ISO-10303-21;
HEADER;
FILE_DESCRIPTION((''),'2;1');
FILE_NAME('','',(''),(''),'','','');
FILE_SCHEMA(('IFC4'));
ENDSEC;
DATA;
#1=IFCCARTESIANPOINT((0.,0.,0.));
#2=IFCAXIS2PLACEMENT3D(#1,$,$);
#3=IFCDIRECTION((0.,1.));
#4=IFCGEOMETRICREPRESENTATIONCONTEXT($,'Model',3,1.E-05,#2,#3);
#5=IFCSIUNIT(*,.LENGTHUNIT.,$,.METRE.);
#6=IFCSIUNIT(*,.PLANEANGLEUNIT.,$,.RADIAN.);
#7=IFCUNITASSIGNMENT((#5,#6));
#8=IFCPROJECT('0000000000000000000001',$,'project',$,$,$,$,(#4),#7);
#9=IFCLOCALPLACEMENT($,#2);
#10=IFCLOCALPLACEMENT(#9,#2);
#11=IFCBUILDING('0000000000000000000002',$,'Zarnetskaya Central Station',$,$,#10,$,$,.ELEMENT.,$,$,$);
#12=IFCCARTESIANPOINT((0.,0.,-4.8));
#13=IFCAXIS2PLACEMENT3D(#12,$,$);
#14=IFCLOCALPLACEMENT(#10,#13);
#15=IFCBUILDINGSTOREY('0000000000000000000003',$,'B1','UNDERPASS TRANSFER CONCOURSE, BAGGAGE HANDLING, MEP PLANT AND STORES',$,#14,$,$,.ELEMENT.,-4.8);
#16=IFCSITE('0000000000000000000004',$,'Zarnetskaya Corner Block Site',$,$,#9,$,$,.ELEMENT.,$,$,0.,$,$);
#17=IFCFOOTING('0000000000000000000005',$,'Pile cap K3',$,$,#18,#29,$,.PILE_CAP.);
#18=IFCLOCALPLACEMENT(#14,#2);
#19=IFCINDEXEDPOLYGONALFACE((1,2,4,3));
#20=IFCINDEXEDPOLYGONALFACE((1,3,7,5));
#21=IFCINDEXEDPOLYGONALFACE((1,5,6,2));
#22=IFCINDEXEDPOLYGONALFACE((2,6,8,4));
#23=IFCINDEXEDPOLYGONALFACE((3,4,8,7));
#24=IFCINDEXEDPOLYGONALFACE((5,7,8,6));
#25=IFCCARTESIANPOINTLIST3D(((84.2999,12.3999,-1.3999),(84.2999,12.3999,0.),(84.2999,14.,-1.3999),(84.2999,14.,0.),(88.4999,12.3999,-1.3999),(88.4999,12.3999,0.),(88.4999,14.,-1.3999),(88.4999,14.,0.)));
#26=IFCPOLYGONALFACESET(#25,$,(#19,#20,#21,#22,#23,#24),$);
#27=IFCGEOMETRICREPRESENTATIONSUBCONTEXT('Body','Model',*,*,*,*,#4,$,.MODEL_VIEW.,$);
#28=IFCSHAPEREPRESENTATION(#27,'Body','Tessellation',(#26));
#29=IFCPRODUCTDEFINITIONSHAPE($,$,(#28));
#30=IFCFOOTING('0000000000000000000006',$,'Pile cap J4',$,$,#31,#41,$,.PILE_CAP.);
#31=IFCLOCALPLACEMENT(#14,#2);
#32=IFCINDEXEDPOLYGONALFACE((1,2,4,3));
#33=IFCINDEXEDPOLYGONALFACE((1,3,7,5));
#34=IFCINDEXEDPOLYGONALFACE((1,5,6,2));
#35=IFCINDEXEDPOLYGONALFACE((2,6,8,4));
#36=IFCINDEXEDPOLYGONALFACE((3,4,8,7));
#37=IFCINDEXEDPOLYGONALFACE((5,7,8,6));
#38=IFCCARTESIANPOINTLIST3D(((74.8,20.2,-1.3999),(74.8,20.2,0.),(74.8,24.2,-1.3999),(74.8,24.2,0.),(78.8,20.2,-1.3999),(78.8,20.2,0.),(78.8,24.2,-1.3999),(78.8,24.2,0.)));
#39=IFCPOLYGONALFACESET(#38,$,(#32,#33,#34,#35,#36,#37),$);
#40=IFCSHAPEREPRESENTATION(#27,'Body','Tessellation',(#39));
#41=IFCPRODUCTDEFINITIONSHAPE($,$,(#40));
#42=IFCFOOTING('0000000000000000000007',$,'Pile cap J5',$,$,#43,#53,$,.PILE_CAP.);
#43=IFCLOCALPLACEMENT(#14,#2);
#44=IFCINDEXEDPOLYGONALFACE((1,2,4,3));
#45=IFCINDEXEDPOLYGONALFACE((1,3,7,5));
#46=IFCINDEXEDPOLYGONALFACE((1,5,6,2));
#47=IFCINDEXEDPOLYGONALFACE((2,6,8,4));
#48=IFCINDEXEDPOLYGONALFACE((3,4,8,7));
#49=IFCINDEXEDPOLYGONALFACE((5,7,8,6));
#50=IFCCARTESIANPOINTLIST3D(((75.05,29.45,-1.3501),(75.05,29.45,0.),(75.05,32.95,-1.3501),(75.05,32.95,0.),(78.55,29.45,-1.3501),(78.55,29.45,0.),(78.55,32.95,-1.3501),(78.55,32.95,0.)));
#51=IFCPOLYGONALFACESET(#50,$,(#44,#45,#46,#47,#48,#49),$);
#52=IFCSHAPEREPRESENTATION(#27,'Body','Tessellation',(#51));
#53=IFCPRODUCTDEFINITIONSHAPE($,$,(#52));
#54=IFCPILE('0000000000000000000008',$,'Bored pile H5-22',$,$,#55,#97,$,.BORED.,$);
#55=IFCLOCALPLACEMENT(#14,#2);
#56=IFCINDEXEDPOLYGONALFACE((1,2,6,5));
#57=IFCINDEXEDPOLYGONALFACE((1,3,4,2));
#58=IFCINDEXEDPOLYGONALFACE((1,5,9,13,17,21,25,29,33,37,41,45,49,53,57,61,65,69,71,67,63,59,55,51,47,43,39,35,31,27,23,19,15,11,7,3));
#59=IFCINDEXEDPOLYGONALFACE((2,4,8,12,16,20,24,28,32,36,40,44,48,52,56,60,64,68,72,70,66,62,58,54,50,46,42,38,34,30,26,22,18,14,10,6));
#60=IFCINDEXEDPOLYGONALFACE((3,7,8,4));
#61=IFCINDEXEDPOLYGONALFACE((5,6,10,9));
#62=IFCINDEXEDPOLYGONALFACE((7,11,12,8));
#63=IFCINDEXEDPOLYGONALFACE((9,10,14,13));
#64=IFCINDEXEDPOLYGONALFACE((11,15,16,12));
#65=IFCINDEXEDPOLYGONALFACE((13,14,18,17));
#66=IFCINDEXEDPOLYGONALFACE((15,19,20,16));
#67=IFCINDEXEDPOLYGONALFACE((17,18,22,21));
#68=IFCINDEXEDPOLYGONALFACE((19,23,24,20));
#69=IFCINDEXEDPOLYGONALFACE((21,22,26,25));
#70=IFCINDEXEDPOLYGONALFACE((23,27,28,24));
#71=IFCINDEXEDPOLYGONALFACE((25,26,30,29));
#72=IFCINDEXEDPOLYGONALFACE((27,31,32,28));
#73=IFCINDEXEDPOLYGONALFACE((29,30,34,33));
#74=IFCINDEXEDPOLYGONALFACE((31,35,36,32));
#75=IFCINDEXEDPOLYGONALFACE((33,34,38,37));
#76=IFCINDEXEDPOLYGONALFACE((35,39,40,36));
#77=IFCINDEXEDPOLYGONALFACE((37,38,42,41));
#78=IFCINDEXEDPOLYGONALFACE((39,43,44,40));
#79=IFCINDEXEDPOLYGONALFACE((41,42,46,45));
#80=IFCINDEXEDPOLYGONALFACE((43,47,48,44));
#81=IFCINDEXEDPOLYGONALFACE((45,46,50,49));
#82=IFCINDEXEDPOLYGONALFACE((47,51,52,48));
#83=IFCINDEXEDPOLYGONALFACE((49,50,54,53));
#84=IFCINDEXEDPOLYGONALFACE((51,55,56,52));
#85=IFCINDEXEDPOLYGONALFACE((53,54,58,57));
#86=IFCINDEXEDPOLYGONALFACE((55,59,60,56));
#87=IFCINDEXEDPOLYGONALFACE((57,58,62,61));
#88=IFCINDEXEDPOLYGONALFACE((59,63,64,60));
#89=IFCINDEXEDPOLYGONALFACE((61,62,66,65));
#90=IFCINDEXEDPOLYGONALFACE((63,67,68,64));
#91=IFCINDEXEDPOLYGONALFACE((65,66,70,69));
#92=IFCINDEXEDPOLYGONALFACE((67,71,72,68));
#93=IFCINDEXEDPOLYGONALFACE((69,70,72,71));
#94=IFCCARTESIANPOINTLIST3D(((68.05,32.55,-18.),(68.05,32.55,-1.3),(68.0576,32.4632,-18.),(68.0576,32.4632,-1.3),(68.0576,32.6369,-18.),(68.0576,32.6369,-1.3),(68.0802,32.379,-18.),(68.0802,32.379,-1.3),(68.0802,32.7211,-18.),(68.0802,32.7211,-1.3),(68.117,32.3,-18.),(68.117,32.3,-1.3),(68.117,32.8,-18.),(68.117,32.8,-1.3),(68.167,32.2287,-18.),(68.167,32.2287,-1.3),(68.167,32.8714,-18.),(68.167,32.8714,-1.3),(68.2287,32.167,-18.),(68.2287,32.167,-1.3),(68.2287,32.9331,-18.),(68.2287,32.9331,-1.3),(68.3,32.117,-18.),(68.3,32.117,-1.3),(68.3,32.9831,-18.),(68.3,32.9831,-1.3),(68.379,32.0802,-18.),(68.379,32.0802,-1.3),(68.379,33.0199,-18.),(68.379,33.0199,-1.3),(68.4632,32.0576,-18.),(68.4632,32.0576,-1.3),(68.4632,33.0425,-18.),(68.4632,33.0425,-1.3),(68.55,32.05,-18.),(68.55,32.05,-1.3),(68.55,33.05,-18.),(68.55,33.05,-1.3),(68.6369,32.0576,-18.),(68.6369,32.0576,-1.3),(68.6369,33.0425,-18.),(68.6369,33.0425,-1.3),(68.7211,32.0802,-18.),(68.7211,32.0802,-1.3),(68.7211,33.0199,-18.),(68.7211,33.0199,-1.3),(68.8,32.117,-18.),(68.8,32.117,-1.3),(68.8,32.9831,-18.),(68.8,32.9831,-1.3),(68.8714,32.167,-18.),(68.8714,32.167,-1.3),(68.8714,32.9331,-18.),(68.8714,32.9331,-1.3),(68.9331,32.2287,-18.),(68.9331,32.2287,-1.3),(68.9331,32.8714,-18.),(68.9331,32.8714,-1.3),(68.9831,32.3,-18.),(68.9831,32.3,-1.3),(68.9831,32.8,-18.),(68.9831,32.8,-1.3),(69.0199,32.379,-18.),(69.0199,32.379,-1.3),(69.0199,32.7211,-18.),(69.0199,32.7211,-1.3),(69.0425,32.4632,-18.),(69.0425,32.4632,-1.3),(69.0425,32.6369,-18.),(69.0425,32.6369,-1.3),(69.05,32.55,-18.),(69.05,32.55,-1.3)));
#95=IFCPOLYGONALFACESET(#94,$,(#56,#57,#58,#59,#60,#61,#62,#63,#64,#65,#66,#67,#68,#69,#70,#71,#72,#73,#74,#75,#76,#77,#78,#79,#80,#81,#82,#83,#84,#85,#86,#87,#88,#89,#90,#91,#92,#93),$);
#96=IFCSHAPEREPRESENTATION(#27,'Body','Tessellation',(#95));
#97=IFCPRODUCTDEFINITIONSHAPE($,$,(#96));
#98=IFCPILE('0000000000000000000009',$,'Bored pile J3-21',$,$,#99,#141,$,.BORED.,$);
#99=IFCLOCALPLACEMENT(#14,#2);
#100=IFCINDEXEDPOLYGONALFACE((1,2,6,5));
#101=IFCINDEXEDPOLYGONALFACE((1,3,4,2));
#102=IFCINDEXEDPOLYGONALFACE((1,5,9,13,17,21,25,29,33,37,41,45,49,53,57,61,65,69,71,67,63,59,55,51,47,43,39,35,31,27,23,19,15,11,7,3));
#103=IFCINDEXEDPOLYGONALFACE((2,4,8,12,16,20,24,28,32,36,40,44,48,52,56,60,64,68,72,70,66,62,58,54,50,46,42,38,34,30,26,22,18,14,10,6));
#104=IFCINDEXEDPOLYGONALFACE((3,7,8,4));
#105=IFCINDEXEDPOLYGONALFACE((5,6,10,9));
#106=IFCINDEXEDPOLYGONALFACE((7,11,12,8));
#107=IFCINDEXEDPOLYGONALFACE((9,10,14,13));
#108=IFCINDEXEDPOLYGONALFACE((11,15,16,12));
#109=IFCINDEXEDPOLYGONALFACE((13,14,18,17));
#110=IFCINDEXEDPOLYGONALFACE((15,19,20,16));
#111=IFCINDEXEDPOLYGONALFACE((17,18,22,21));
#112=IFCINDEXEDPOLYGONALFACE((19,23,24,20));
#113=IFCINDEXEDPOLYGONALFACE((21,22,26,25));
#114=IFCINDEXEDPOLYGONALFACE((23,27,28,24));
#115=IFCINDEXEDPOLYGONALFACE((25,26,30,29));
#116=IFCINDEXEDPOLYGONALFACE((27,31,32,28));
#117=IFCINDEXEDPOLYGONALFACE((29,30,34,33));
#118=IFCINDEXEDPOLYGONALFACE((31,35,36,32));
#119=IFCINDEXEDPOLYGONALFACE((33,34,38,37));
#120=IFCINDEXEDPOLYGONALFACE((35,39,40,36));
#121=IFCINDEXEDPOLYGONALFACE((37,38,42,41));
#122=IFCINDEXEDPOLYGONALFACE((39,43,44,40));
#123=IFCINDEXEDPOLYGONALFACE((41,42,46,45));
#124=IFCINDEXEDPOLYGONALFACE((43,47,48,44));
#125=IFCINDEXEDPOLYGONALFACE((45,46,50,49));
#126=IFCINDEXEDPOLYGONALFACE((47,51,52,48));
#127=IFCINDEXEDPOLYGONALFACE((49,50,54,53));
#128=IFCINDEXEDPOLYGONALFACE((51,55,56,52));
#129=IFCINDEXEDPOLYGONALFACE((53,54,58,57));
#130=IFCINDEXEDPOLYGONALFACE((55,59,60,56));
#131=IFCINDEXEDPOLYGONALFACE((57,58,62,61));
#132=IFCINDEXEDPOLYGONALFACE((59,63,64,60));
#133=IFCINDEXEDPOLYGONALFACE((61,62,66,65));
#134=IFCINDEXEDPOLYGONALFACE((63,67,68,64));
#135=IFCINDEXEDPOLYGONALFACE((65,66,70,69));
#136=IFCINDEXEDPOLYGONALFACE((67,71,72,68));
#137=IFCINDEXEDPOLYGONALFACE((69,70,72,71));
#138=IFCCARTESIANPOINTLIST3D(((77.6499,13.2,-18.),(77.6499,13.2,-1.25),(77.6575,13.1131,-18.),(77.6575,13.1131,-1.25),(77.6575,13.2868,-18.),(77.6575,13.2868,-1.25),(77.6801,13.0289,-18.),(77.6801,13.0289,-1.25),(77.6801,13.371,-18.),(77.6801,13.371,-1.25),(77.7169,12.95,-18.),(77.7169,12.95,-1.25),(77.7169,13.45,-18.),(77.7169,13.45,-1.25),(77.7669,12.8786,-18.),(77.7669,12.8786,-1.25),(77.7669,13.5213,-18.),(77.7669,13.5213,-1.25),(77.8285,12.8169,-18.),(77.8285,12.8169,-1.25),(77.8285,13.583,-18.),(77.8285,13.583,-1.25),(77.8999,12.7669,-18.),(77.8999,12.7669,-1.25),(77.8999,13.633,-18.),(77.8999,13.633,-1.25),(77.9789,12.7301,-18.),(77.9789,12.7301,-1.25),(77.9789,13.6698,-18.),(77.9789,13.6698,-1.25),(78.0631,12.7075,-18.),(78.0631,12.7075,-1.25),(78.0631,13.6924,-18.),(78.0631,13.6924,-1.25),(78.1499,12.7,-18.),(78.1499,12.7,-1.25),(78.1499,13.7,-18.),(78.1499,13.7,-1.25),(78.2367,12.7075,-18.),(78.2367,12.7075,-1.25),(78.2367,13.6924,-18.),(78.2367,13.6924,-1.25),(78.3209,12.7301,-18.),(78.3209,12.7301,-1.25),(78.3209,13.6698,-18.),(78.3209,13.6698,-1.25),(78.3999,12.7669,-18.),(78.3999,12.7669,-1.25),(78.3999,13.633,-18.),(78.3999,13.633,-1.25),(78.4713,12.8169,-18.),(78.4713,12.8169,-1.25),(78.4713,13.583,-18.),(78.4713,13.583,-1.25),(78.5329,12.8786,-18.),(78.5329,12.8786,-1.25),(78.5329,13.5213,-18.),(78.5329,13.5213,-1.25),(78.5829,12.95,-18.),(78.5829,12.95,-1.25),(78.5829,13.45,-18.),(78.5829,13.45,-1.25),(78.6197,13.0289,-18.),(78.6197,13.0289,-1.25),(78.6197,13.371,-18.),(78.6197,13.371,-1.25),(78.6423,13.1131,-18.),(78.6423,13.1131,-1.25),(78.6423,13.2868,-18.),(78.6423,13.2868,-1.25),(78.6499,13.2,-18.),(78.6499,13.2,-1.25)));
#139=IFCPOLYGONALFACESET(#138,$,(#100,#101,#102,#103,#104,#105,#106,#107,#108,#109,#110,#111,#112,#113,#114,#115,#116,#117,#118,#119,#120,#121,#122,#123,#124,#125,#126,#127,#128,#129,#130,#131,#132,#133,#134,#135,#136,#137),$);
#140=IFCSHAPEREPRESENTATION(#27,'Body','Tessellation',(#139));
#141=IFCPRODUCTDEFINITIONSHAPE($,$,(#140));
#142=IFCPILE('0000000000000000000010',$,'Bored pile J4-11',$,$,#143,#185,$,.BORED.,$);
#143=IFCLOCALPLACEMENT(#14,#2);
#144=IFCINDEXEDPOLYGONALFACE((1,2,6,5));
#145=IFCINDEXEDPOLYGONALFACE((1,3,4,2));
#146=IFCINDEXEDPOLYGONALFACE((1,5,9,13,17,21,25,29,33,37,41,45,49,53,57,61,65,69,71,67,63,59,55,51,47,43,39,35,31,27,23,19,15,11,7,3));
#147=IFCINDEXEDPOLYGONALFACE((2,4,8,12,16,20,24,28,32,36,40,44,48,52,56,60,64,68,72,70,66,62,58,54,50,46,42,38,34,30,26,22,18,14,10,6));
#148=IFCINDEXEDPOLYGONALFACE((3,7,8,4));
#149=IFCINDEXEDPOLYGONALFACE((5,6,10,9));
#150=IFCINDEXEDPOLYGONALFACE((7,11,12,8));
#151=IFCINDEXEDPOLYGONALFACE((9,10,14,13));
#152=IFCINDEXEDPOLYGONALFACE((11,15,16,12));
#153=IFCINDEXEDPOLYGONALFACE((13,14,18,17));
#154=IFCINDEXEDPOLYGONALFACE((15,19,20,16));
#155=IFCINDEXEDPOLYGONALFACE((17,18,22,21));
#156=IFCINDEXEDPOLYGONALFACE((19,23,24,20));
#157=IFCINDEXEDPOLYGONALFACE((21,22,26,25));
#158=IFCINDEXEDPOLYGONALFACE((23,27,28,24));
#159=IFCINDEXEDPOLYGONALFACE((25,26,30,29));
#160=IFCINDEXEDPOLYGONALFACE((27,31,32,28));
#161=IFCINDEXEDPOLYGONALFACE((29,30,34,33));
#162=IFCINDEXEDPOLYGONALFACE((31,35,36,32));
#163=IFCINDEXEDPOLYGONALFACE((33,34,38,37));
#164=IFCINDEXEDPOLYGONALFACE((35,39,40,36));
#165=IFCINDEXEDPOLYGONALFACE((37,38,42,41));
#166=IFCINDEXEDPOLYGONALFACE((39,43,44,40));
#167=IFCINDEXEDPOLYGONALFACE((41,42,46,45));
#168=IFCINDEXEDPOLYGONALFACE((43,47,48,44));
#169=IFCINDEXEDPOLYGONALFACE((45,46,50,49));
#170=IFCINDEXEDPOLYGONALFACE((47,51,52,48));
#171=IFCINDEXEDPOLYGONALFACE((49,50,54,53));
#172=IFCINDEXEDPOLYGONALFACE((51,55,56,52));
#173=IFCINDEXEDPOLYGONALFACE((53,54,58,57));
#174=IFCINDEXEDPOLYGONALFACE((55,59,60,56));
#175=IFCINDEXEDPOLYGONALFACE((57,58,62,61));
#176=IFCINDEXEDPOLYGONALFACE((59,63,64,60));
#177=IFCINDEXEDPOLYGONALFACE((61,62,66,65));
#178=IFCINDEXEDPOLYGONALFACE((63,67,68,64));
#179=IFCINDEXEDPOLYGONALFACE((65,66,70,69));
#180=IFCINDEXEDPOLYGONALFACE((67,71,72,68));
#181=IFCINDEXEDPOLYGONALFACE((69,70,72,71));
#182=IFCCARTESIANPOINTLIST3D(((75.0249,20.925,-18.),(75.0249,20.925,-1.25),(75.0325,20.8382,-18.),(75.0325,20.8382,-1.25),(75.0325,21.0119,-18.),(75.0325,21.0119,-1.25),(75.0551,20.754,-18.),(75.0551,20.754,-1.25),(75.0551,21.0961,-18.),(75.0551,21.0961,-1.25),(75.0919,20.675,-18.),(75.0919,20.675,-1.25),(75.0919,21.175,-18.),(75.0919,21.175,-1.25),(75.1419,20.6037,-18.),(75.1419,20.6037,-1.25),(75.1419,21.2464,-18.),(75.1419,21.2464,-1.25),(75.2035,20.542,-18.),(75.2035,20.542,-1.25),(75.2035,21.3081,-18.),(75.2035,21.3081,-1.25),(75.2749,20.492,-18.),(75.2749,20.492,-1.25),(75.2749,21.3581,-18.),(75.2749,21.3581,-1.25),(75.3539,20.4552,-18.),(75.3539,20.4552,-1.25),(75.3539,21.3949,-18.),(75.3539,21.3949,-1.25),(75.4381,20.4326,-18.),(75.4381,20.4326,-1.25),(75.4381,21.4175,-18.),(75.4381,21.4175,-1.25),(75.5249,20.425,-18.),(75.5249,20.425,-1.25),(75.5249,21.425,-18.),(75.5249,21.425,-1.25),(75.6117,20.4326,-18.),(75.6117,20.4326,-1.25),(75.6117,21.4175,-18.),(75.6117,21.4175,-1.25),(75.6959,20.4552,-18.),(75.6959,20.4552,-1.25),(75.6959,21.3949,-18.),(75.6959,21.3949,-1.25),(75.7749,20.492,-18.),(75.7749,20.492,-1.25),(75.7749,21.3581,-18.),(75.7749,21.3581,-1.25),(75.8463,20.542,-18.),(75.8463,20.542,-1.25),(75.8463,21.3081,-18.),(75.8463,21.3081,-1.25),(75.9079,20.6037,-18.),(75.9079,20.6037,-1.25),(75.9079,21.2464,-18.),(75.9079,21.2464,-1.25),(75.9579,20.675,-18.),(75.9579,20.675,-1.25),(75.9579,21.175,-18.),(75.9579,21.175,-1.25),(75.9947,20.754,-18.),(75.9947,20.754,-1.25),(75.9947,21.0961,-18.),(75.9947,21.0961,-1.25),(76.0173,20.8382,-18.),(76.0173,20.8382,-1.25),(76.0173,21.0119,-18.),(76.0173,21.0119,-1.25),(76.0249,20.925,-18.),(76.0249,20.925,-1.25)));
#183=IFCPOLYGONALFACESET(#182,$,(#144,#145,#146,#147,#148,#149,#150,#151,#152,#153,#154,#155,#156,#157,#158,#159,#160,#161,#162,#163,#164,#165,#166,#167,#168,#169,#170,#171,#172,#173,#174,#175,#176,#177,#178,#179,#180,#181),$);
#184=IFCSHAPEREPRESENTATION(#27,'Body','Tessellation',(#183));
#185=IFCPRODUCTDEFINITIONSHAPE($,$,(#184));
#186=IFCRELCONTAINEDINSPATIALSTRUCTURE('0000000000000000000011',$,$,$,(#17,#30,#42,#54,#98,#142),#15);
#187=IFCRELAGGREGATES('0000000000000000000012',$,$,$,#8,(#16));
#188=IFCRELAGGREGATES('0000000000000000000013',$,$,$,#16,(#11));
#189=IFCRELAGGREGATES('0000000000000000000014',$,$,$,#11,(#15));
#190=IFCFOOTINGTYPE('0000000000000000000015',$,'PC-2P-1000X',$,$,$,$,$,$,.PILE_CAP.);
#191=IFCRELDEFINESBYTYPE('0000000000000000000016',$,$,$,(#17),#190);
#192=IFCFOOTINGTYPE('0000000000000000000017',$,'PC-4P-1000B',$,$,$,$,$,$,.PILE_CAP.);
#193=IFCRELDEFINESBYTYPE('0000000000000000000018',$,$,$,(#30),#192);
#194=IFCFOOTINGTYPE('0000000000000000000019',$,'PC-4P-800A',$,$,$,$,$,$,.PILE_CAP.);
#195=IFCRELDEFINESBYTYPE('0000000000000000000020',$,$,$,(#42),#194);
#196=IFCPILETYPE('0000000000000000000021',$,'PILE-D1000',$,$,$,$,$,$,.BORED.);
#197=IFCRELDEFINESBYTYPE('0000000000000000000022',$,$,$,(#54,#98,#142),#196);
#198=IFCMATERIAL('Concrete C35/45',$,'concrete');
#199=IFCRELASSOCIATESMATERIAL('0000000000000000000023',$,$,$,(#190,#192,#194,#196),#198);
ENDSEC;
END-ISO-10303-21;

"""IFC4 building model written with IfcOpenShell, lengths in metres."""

from ifc_helpers import new_model, si_unit, direction, frame, origin, origin_2d, place, context, subcontext, project, spatial, rectangle, circle, extrude, material, material_profile, profile_set, type_object, element, save


model = new_model("IFC4")

# Units and contexts
model_context = context("Model", 3, precision=1e-05, world=origin(), true_north=direction((0.0, 1.0)))
body_context = subcontext(model_context, "Body", "Model", "MODEL_VIEW")
ifc_project = project(units=[si_unit("LENGTHUNIT", "METRE"), si_unit("PLANEANGLEUNIT", "RADIAN")], contexts=[model_context])

# Site, building, storey
site_placement = place(None, origin())
site = spatial("IfcSite", under=ifc_project, at=site_placement, Name="Zarnetskaya Corner Block Site", CompositionType="ELEMENT", RefElevation=0.0)
building_placement = place(site_placement, origin())
building = spatial("IfcBuilding", under=site, at=building_placement, Name="Zarnetskaya Central Station", CompositionType="ELEMENT")
storey_placement = place(building_placement, frame((0.0, 0.0, -4.8)))
storey = spatial("IfcBuildingStorey", under=building, at=storey_placement, Name="B1", Description="UNDERPASS TRANSFER CONCOURSE, BAGGAGE HANDLING, MEP PLANT AND STORES", CompositionType="ELEMENT", Elevation=-4.8)

# Footings
ifc_material = material(Name="Concrete C35/45", Category="concrete")
footing_type_1 = type_object("IfcFootingType", Name="PC-2P-1000X", PredefinedType="PILE_CAP", material=ifc_material)
footing_1_placement = place(storey_placement, frame((86.3999, 13.2, -1.3999), z_axis=(0.0, 0.0, 1.0), x_axis=(1.0, 0.0, 0.0)))
element("IfcFooting", 1, at=footing_1_placement, inside=storey, type_object=footing_type_1, Name="Pile cap K3", PredefinedType="PILE_CAP", context=body_context, shape_type="SweptSolid", body=[
    extrude(rectangle(XDim=4.2, YDim=1.6001, at=origin_2d()), origin(), (0.0, 0.0, 1.0), 1.3999),
])
footing_type_2 = type_object("IfcFootingType", Name="PC-4P-1000B", PredefinedType="PILE_CAP", material=ifc_material)
footing_2_placement = place(storey_placement, frame((76.8, 22.2, -1.3999), z_axis=(0.0, 0.0, 1.0), x_axis=(1.0, 0.0, 0.0)))
element("IfcFooting", 2, at=footing_2_placement, inside=storey, type_object=footing_type_2, Name="Pile cap J4", PredefinedType="PILE_CAP", context=body_context, shape_type="SweptSolid", body=[
    extrude(rectangle(XDim=4.0, YDim=4.0, at=origin_2d()), origin(), (0.0, 0.0, 1.0), 1.3999),
])
footing_type_3 = type_object("IfcFootingType", Name="PC-4P-800A", PredefinedType="PILE_CAP", material=ifc_material)
footing_3_placement = place(storey_placement, frame((76.8, 31.2, -1.3501), z_axis=(0.0, 0.0, 1.0), x_axis=(1.0, 0.0, 0.0)))
element("IfcFooting", 3, at=footing_3_placement, inside=storey, type_object=footing_type_3, Name="Pile cap J5", PredefinedType="PILE_CAP", context=body_context, shape_type="SweptSolid", body=[
    extrude(rectangle(XDim=3.5, YDim=3.5, at=origin_2d()), origin(), (0.0, 0.0, 1.0), 1.3501),
])

# Piles
ifc_material_profile_1 = material_profile(ifc_material, circle(Radius=0.5, at=origin_2d()), Name="BORED PILE D1000")
ifc_profile_set_1 = profile_set([ifc_material_profile_1], Name="Concrete C35/45")
pile_type_1 = type_object("IfcPileType", Name="PILE-D1000", PredefinedType="BORED", material=ifc_profile_set_1)
pile_placement = place(storey_placement, frame((68.55, 32.55, -1.3), z_axis=(0.0, 0.0, -1.0), x_axis=(1.0, 0.0, 0.0)))
element("IfcPile", 4, at=pile_placement, inside=storey, type_object=pile_type_1, Name="Bored pile H5-22", PredefinedType="BORED", context=body_context, shape_type="SweptSolid", body=[
    extrude(circle(Radius=0.5, at=origin_2d()), origin(), (0.0, 0.0, 1.0), 16.7),
])
for number, where, z_axis, x_axis, name in (
    (5, (78.1499, 13.2, -1.25), (0.0, 0.0, -1.0), (1.0, 0.0, 0.0), "Bored pile J3-21"),
    (6, (75.5249, 20.925, -1.25), (0.0, 0.0, -1.0), (1.0, 0.0, 0.0), "Bored pile J4-11"),
):
    element("IfcPile", number, at=place(storey_placement, frame(where, z_axis=z_axis, x_axis=x_axis)), inside=storey, type_object=pile_type_1, Name=name, PredefinedType="BORED", context=body_context, shape_type="SweptSolid", body=[
        extrude(circle(Radius=0.5, at=origin_2d()), origin(), (0.0, 0.0, 1.0), 16.75),
    ])

save(model, "model.ifc")
